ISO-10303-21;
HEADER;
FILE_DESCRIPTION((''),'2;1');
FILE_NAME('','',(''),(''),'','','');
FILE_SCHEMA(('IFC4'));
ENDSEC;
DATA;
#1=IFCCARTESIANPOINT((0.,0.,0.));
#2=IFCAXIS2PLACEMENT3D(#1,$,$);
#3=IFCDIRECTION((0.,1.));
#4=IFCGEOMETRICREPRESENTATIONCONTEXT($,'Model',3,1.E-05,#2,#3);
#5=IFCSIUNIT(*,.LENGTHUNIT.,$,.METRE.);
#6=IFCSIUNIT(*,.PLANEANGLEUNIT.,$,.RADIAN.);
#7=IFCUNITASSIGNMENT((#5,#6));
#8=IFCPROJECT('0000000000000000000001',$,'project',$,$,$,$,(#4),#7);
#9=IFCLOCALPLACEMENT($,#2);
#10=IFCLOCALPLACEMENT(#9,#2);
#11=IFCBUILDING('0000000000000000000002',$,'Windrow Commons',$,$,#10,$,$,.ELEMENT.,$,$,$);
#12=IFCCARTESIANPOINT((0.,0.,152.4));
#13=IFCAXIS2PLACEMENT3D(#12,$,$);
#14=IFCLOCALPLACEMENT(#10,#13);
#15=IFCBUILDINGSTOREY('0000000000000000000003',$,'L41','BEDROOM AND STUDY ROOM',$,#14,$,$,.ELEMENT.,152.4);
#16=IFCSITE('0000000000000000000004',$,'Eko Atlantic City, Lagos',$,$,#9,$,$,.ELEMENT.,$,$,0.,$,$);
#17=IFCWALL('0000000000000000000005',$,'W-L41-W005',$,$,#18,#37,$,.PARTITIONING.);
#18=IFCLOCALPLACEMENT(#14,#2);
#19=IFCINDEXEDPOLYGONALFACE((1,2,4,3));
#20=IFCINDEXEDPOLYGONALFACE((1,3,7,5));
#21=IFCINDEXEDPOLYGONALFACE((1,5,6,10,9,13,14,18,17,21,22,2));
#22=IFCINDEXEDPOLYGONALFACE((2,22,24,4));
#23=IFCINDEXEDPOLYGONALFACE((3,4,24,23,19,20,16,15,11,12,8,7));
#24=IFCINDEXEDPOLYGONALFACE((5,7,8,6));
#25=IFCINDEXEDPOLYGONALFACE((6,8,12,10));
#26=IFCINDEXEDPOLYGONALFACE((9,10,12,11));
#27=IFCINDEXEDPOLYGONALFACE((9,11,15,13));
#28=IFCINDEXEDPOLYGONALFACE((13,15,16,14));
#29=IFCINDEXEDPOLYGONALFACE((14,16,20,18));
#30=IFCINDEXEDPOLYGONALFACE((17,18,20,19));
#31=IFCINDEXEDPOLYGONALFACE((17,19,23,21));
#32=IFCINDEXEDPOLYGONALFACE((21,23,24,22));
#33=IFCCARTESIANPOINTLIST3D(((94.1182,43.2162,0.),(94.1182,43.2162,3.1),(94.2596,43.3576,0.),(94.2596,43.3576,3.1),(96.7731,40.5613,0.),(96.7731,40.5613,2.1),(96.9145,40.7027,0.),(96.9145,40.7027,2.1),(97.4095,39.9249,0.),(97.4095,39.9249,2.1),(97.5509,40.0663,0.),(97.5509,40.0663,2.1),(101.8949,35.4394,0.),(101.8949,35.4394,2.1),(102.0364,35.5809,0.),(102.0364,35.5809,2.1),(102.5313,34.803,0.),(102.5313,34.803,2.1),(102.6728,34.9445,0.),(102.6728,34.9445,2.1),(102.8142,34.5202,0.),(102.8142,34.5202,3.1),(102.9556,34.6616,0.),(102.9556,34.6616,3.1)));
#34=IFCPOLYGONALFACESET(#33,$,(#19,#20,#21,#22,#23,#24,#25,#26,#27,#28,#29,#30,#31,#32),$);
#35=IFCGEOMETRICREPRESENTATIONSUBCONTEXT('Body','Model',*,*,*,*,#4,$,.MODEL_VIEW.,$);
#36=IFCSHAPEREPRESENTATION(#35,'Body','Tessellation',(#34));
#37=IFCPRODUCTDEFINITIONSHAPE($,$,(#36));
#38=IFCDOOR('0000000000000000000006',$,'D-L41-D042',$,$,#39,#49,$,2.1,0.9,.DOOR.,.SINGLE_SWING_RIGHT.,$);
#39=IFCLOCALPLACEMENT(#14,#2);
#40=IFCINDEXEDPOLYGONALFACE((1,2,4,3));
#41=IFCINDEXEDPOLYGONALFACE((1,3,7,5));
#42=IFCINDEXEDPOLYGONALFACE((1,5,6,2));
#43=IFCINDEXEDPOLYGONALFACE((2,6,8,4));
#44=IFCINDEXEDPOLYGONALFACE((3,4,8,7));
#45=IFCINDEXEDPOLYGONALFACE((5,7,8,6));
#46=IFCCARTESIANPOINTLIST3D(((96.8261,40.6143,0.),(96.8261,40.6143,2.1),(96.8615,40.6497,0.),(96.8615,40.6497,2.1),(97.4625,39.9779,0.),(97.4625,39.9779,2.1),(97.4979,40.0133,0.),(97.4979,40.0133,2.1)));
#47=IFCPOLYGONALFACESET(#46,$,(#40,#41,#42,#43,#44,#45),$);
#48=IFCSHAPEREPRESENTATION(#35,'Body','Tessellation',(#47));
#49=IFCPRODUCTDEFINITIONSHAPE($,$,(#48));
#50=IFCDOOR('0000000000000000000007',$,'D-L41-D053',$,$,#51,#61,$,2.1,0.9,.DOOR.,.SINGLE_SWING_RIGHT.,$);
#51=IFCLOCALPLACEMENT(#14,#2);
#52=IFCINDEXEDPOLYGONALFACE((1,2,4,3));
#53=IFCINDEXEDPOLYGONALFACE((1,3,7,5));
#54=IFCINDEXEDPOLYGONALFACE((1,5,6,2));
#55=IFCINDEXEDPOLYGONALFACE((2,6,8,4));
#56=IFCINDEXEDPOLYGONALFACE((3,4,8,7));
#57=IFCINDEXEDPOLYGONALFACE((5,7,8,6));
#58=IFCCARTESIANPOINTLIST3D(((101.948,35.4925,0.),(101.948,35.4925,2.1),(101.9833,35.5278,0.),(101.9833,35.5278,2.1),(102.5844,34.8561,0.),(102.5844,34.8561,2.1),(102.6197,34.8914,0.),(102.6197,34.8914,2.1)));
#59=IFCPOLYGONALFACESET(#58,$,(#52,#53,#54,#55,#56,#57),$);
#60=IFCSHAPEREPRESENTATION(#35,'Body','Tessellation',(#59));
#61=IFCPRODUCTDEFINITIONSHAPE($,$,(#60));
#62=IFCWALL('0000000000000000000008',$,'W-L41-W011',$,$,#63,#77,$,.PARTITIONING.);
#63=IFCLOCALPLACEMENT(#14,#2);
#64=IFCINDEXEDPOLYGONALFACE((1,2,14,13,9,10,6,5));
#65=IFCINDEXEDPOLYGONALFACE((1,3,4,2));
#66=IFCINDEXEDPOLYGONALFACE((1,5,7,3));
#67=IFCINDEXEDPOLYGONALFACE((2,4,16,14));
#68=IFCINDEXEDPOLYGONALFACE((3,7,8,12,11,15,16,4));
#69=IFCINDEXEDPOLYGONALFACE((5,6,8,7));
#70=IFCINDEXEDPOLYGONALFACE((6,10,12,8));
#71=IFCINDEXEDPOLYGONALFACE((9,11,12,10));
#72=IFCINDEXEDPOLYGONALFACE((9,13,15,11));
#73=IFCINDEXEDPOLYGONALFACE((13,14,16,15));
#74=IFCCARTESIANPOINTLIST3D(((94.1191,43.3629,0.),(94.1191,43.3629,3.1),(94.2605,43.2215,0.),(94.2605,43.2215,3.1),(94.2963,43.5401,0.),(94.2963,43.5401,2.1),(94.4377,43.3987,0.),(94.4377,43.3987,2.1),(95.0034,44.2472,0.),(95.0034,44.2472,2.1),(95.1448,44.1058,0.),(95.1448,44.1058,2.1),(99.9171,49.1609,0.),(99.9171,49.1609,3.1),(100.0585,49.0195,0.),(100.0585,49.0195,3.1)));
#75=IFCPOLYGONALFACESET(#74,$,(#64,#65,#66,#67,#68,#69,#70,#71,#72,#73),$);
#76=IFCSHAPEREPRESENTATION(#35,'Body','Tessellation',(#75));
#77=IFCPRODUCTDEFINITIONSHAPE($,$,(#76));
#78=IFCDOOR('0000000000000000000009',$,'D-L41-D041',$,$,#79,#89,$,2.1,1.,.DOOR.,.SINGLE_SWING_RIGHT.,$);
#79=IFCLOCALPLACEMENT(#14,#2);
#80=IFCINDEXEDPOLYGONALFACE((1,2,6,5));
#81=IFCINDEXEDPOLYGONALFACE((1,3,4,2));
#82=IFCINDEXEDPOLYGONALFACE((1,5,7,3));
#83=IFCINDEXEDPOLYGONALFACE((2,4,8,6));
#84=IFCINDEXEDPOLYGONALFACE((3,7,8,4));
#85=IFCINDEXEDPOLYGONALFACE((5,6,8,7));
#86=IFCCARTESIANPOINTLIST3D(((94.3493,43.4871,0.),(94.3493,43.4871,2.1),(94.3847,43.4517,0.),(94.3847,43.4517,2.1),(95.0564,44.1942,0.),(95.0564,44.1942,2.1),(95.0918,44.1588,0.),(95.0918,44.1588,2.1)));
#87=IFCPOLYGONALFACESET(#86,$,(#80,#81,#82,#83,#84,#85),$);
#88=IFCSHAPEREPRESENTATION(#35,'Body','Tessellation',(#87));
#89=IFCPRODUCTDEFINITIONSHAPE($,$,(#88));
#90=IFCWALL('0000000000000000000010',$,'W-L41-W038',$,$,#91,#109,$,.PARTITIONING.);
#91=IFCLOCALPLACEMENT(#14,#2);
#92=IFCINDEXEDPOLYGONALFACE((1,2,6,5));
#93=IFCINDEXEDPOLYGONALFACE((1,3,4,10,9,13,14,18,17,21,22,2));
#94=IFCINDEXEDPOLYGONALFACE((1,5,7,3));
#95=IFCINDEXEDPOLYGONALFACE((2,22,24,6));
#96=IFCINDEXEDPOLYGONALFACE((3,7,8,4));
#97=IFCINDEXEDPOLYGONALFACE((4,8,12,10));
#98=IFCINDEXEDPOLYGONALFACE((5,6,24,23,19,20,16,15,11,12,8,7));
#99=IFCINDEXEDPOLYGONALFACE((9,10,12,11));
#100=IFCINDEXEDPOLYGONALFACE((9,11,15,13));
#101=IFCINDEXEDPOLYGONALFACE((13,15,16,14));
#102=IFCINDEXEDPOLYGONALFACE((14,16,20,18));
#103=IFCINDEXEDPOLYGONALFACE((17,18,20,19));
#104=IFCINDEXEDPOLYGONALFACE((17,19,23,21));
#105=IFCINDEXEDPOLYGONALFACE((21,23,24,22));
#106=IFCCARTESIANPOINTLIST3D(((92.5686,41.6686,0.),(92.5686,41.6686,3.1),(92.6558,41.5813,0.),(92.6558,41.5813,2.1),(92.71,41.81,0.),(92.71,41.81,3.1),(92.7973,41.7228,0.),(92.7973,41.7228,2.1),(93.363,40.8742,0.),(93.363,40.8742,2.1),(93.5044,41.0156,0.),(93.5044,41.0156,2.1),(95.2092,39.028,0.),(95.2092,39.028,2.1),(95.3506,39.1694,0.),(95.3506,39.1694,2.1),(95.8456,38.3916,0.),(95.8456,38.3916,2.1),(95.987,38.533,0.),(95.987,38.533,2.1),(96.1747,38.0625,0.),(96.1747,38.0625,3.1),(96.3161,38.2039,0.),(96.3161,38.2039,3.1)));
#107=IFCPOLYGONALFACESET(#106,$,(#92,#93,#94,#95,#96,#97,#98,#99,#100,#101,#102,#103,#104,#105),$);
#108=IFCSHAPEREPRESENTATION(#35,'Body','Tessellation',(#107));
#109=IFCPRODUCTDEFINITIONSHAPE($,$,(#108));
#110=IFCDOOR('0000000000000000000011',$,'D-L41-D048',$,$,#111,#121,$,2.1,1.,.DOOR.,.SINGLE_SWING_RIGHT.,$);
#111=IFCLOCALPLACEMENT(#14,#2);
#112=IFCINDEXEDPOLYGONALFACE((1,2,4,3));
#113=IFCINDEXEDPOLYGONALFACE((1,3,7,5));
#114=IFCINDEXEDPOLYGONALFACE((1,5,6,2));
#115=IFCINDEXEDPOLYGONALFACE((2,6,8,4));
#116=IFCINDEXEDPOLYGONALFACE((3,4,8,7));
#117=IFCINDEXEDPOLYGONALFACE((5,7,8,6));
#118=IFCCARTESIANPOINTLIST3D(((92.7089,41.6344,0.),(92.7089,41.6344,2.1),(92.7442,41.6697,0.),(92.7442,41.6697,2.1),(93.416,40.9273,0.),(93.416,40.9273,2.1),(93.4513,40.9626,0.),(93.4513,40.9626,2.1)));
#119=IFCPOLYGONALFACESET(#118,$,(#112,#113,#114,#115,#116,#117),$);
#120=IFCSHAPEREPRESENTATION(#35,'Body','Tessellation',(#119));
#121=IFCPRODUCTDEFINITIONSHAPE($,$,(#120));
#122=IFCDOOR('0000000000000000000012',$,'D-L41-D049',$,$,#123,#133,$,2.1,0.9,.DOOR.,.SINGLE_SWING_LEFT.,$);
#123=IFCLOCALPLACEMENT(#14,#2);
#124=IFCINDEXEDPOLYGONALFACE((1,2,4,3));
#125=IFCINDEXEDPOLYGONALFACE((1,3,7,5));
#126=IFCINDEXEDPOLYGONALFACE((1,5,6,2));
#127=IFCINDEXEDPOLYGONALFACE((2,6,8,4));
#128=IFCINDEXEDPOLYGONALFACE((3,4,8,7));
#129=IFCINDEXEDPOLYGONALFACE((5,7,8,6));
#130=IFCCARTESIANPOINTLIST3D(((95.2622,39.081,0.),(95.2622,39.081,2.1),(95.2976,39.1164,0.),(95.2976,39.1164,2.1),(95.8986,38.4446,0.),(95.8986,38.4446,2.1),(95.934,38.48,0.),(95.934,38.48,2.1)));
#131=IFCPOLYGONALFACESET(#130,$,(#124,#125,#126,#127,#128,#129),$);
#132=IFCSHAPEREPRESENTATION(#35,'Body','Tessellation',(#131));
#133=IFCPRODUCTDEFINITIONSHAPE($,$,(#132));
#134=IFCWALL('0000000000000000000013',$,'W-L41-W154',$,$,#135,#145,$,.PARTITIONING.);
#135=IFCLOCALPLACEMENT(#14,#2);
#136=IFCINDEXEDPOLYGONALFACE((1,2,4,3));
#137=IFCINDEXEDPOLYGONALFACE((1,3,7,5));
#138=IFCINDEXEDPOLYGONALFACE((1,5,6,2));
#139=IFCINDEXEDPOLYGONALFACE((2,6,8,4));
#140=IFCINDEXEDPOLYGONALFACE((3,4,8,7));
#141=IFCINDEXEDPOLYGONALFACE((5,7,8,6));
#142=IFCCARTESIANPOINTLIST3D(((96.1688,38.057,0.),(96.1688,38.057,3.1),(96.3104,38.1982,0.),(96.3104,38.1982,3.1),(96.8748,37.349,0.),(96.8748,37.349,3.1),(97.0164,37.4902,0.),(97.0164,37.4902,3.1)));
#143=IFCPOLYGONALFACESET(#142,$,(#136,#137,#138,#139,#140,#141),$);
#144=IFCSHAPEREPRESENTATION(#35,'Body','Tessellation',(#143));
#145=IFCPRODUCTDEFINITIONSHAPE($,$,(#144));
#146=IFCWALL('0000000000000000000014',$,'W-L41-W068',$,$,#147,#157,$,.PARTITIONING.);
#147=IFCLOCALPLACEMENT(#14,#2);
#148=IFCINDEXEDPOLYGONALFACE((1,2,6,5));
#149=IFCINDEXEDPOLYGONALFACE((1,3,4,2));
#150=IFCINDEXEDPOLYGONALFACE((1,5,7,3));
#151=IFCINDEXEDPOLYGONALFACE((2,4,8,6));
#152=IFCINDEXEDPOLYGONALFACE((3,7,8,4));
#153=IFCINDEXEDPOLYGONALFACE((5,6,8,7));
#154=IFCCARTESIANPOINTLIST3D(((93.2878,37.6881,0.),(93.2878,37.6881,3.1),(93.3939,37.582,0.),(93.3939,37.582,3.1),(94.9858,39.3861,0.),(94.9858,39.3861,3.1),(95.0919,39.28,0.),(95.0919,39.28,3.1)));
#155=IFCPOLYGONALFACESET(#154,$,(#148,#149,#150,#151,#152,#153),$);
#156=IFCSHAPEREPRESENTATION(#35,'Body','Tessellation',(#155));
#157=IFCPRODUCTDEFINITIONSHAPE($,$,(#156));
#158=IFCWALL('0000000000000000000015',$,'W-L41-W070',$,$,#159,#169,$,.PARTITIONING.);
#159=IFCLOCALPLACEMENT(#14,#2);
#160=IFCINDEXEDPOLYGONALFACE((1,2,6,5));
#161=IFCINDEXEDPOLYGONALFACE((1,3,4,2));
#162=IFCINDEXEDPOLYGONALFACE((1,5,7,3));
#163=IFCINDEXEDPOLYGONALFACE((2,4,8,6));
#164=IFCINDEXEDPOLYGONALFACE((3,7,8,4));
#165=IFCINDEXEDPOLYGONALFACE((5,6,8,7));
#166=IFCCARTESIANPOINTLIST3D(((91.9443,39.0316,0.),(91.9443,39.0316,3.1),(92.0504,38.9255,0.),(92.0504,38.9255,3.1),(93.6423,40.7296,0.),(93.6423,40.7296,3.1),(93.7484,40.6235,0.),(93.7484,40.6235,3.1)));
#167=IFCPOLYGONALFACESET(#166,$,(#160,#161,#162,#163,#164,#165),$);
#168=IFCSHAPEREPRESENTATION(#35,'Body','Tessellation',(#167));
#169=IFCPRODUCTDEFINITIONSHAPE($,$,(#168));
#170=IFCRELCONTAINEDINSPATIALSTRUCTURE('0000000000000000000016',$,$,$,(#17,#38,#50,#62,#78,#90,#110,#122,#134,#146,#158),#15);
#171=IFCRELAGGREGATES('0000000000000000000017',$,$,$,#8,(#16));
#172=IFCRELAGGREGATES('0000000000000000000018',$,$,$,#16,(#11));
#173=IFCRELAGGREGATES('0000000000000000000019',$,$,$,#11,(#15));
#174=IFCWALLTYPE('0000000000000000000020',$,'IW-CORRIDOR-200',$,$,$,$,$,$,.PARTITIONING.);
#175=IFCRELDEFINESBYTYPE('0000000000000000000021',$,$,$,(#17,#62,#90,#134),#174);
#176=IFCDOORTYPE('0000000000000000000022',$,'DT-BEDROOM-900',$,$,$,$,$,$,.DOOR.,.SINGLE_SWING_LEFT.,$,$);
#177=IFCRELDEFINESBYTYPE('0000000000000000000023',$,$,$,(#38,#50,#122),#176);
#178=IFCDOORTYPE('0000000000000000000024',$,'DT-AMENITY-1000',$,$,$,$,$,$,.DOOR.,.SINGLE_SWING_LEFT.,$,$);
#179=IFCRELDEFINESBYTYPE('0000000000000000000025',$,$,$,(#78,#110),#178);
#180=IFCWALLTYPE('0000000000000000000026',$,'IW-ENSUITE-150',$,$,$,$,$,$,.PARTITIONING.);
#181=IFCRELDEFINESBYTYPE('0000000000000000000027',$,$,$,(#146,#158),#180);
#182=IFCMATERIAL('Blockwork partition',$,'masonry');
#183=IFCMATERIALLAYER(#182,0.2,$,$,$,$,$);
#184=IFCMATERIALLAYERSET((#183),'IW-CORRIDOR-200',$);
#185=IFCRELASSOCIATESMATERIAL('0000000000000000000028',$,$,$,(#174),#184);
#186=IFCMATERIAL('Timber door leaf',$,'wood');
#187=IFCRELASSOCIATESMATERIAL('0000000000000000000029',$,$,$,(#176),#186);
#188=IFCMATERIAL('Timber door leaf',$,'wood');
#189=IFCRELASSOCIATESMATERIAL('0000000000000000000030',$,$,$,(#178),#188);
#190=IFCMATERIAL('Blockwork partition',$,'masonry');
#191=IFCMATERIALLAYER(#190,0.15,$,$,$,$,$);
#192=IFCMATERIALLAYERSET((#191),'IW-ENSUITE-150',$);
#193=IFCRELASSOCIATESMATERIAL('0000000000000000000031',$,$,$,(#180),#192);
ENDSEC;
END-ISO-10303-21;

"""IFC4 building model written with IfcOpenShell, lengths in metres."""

from ifc_helpers import new_model, si_unit, direction, frame, frame_2d, origin, place, context, subcontext, project, spatial, rectangle, extrude, material, layer, layer_set, type_object, element, fill, save


model = new_model("IFC4")

# Units and contexts
model_context = context("Model", 3, precision=1e-05, world=origin(), true_north=direction((0.0, 1.0)))
body_context = subcontext(model_context, "Body", "Model", "MODEL_VIEW")
ifc_project = project(units=[si_unit("LENGTHUNIT", "METRE"), si_unit("PLANEANGLEUNIT", "RADIAN")], contexts=[model_context])

# Site, building, storey
site_placement = place(None, origin())
site = spatial("IfcSite", under=ifc_project, at=site_placement, Name="Eko Atlantic City, Lagos", CompositionType="ELEMENT", RefElevation=0.0)
building_placement = place(site_placement, origin())
building = spatial("IfcBuilding", under=site, at=building_placement, Name="Windrow Commons", CompositionType="ELEMENT")
storey_placement = place(building_placement, frame((0.0, 0.0, 152.4)))
storey = spatial("IfcBuildingStorey", under=building, at=storey_placement, Name="L41", Description="BEDROOM AND STUDY ROOM", CompositionType="ELEMENT", Elevation=152.4)

# Wall, openings, doors
ifc_material_1 = material(Name="Blockwork partition", Category="masonry")
ifc_layer_1 = layer(ifc_material_1, 0.2)
ifc_layer_set_1 = layer_set([ifc_layer_1], Name="IW-CORRIDOR-200")
wall_type_1 = type_object("IfcWallType", Name="IW-CORRIDOR-200", PredefinedType="PARTITIONING", material=ifc_layer_set_1)
wall_1_placement = place(storey_placement, frame((94.1889, 43.2869, 0.0), z_axis=(0.0, 0.0, 1.0), x_axis=(0.707107, -0.707107, 0.0)))
wall_1 = element("IfcWall", 1, at=wall_1_placement, inside=storey, type_object=wall_type_1, Name="W-L41-W005", PredefinedType="PARTITIONING", context=body_context, shape_type="SweptSolid", body=[
    extrude(rectangle(XDim=12.298, YDim=0.2, at=frame_2d((6.149, 0.0))), origin(), (0.0, 0.0, 1.0), 3.1),
])
opening_1_placement = place(wall_1_placement, frame((3.7546, 0.0, 0.0)))
opening_1 = element("IfcOpeningElement", 2, at=opening_1_placement, cuts=wall_1, PredefinedType="OPENING", context=body_context, shape_type="SweptSolid", body=[
    extrude(rectangle(XDim=0.9, YDim=2.1, at=frame_2d((0.45, 1.05))), frame((0.0, 0.11, 0.0), z_axis=(0.0, -1.0, 0.0), x_axis=(1.0, 0.0, 0.0)), (0.0, 0.0, 1.0), 0.22),
])
opening_2_placement = place(wall_1_placement, frame((10.998, 0.0, 0.0)))
opening_2 = element("IfcOpeningElement", 3, at=opening_2_placement, cuts=wall_1, PredefinedType="OPENING", context=body_context, shape_type="SweptSolid", body=[
    extrude(rectangle(XDim=0.9, YDim=2.1, at=frame_2d((0.45, 1.05))), frame((0.0, 0.11, 0.0), z_axis=(0.0, -1.0, 0.0), x_axis=(1.0, 0.0, 0.0)), (0.0, 0.0, 1.0), 0.22),
])
ifc_material_2 = material(Name="Timber door leaf", Category="wood")
door_type_1 = type_object("IfcDoorType", Name="DT-BEDROOM-900", OperationType="SINGLE_SWING_LEFT", PredefinedType="DOOR", material=ifc_material_2)
door_1_placement = place(opening_1_placement, origin())
door_1 = element("IfcDoor", 4, at=door_1_placement, inside=storey, type_object=door_type_1, Name="D-L41-D042", OperationType="SINGLE_SWING_RIGHT", OverallHeight=2.1, OverallWidth=0.9, PredefinedType="DOOR", context=body_context, shape_type="SweptSolid", body=[
    extrude(rectangle(XDim=0.9, YDim=2.1, at=frame_2d((0.45, 1.05))), frame((0.0, 0.025, 0.0), z_axis=(0.0, -1.0, 0.0), x_axis=(1.0, 0.0, 0.0)), (0.0, 0.0, 1.0), 0.05),
])
fill(opening_1, door_1)
door_2_placement = place(opening_2_placement, origin())
door_2 = element("IfcDoor", 5, at=door_2_placement, inside=storey, type_object=door_type_1, Name="D-L41-D053", OperationType="SINGLE_SWING_RIGHT", OverallHeight=2.1, OverallWidth=0.9, PredefinedType="DOOR", context=body_context, shape_type="SweptSolid", body=[
    extrude(rectangle(XDim=0.9, YDim=2.1, at=frame_2d((0.45, 1.05))), frame((0.0, 0.025, 0.0), z_axis=(0.0, -1.0, 0.0), x_axis=(1.0, 0.0, 0.0)), (0.0, 0.0, 1.0), 0.05),
])
fill(opening_2, door_2)

# Wall, opening, door
wall_2_placement = place(storey_placement, frame((94.1898, 43.2922, 0.0), z_axis=(0.0, 0.0, 1.0), x_axis=(0.707107, 0.707107, 0.0)))
wall_2 = element("IfcWall", 6, at=wall_2_placement, inside=storey, type_object=wall_type_1, Name="W-L41-W011", PredefinedType="PARTITIONING", context=body_context, shape_type="SweptSolid", body=[
    extrude(rectangle(XDim=8.1996, YDim=0.2, at=frame_2d((4.0998, 0.0))), origin(), (0.0, 0.0, 1.0), 3.1),
])
opening_3_placement = place(wall_2_placement, frame((0.2506, 0.0, 0.0)))
opening_3 = element("IfcOpeningElement", 7, at=opening_3_placement, cuts=wall_2, PredefinedType="OPENING", context=body_context, shape_type="SweptSolid", body=[
    extrude(rectangle(XDim=1.0, YDim=2.1, at=frame_2d((0.5, 1.05))), frame((0.0, 0.11, 0.0), z_axis=(0.0, -1.0, 0.0), x_axis=(1.0, 0.0, 0.0)), (0.0, 0.0, 1.0), 0.22),
])
ifc_material_3 = material(Name="Timber door leaf", Category="wood")
door_type_2 = type_object("IfcDoorType", Name="DT-AMENITY-1000", OperationType="SINGLE_SWING_LEFT", PredefinedType="DOOR", material=ifc_material_3)
door_3_placement = place(opening_3_placement, origin())
door_3 = element("IfcDoor", 8, at=door_3_placement, inside=storey, type_object=door_type_2, Name="D-L41-D041", OperationType="SINGLE_SWING_RIGHT", OverallHeight=2.1, OverallWidth=1.0, PredefinedType="DOOR", context=body_context, shape_type="SweptSolid", body=[
    extrude(rectangle(XDim=1.0, YDim=2.1, at=frame_2d((0.5, 1.05))), frame((0.0, 0.025, 0.0), z_axis=(0.0, -1.0, 0.0), x_axis=(1.0, 0.0, 0.0)), (0.0, 0.0, 1.0), 0.05),
])
fill(opening_3, door_3)

# Wall, openings, doors
wall_3_placement = place(storey_placement, frame((92.6393, 41.7393, 0.0), z_axis=(0.0, 0.0, 1.0), x_axis=(0.707107, -0.707107, 0.0)))
wall_3 = element("IfcWall", 9, at=wall_3_placement, inside=storey, type_object=wall_type_1, Name="W-L41-W038", PredefinedType="PARTITIONING", context=body_context, shape_type="SweptSolid", body=[
    extrude(rectangle(XDim=5.0997, YDim=0.2, at=frame_2d((2.5499, 0.0))), origin(), (0.0, 0.0, 1.0), 3.1),
])
opening_4_placement = place(wall_3_placement, frame((0.1234, 0.0, 0.0)))
opening_4 = element("IfcOpeningElement", 10, at=opening_4_placement, cuts=wall_3, PredefinedType="OPENING", context=body_context, shape_type="SweptSolid", body=[
    extrude(rectangle(XDim=1.0, YDim=2.1, at=frame_2d((0.5, 1.05))), frame((0.0, 0.11, 0.0), z_axis=(0.0, -1.0, 0.0), x_axis=(1.0, 0.0, 0.0)), (0.0, 0.0, 1.0), 0.22),
])
opening_5_placement = place(wall_3_placement, frame((3.7344, 0.0, 0.0)))
opening_5 = element("IfcOpeningElement", 11, at=opening_5_placement, cuts=wall_3, PredefinedType="OPENING", context=body_context, shape_type="SweptSolid", body=[
    extrude(rectangle(XDim=0.9, YDim=2.1, at=frame_2d((0.45, 1.05))), frame((0.0, 0.11, 0.0), z_axis=(0.0, -1.0, 0.0), x_axis=(1.0, 0.0, 0.0)), (0.0, 0.0, 1.0), 0.22),
])
door_4_placement = place(opening_4_placement, origin())
door_4 = element("IfcDoor", 12, at=door_4_placement, inside=storey, type_object=door_type_2, Name="D-L41-D048", OperationType="SINGLE_SWING_RIGHT", OverallHeight=2.1, OverallWidth=1.0, PredefinedType="DOOR", context=body_context, shape_type="SweptSolid", body=[
    extrude(rectangle(XDim=1.0, YDim=2.1, at=frame_2d((0.5, 1.05))), frame((0.0, 0.025, 0.0), z_axis=(0.0, -1.0, 0.0), x_axis=(1.0, 0.0, 0.0)), (0.0, 0.0, 1.0), 0.05),
])
fill(opening_4, door_4)
door_5_placement = place(opening_5_placement, origin())
door_5 = element("IfcDoor", 13, at=door_5_placement, inside=storey, type_object=door_type_1, Name="D-L41-D049", OperationType="SINGLE_SWING_LEFT", OverallHeight=2.1, OverallWidth=0.9, PredefinedType="DOOR", context=body_context, shape_type="SweptSolid", body=[
    extrude(rectangle(XDim=0.9, YDim=2.1, at=frame_2d((0.45, 1.05))), frame((0.0, 0.025, 0.0), z_axis=(0.0, -1.0, 0.0), x_axis=(1.0, 0.0, 0.0)), (0.0, 0.0, 1.0), 0.05),
])
fill(opening_5, door_5)

# Walls
wall_4_placement = place(storey_placement, frame((96.2396, 38.1276, 0.0), z_axis=(0.0, 0.0, 1.0), x_axis=(0.706106, -0.708106, 0.0)))
element("IfcWall", 14, at=wall_4_placement, inside=storey, type_object=wall_type_1, Name="W-L41-W154", PredefinedType="PARTITIONING", context=body_context, shape_type="SweptSolid", body=[
    extrude(rectangle(XDim=0.9998, YDim=0.2, at=frame_2d((0.4999, 0.0))), origin(), (0.0, 0.0, 1.0), 3.1),
])
ifc_material_4 = material(Name="Blockwork partition", Category="masonry")
ifc_layer_2 = layer(ifc_material_4, 0.15)
ifc_layer_set_2 = layer_set([ifc_layer_2], Name="IW-ENSUITE-150")
wall_type_2 = type_object("IfcWallType", Name="IW-ENSUITE-150", PredefinedType="PARTITIONING", material=ifc_layer_set_2)
for number, where, z_axis, x_axis, name in (
    (15, (93.3409, 37.6351, 0.0), (0.0, 0.0, 1.0), (0.707107, 0.707107, 0.0), "W-L41-W068"),
    (16, (91.9974, 38.9786, 0.0), (0.0, 0.0, 1.0), (0.707107, 0.707107, 0.0), "W-L41-W070"),
):
    element("IfcWall", number, at=place(storey_placement, frame(where, z_axis=z_axis, x_axis=x_axis)), inside=storey, type_object=wall_type_2, Name=name, PredefinedType="PARTITIONING", context=body_context, shape_type="SweptSolid", body=[
        extrude(rectangle(XDim=2.4013, YDim=0.15, at=frame_2d((1.2006, 0.0))), origin(), (0.0, 0.0, 1.0), 3.1),
    ])

save(model, "model.ifc")
